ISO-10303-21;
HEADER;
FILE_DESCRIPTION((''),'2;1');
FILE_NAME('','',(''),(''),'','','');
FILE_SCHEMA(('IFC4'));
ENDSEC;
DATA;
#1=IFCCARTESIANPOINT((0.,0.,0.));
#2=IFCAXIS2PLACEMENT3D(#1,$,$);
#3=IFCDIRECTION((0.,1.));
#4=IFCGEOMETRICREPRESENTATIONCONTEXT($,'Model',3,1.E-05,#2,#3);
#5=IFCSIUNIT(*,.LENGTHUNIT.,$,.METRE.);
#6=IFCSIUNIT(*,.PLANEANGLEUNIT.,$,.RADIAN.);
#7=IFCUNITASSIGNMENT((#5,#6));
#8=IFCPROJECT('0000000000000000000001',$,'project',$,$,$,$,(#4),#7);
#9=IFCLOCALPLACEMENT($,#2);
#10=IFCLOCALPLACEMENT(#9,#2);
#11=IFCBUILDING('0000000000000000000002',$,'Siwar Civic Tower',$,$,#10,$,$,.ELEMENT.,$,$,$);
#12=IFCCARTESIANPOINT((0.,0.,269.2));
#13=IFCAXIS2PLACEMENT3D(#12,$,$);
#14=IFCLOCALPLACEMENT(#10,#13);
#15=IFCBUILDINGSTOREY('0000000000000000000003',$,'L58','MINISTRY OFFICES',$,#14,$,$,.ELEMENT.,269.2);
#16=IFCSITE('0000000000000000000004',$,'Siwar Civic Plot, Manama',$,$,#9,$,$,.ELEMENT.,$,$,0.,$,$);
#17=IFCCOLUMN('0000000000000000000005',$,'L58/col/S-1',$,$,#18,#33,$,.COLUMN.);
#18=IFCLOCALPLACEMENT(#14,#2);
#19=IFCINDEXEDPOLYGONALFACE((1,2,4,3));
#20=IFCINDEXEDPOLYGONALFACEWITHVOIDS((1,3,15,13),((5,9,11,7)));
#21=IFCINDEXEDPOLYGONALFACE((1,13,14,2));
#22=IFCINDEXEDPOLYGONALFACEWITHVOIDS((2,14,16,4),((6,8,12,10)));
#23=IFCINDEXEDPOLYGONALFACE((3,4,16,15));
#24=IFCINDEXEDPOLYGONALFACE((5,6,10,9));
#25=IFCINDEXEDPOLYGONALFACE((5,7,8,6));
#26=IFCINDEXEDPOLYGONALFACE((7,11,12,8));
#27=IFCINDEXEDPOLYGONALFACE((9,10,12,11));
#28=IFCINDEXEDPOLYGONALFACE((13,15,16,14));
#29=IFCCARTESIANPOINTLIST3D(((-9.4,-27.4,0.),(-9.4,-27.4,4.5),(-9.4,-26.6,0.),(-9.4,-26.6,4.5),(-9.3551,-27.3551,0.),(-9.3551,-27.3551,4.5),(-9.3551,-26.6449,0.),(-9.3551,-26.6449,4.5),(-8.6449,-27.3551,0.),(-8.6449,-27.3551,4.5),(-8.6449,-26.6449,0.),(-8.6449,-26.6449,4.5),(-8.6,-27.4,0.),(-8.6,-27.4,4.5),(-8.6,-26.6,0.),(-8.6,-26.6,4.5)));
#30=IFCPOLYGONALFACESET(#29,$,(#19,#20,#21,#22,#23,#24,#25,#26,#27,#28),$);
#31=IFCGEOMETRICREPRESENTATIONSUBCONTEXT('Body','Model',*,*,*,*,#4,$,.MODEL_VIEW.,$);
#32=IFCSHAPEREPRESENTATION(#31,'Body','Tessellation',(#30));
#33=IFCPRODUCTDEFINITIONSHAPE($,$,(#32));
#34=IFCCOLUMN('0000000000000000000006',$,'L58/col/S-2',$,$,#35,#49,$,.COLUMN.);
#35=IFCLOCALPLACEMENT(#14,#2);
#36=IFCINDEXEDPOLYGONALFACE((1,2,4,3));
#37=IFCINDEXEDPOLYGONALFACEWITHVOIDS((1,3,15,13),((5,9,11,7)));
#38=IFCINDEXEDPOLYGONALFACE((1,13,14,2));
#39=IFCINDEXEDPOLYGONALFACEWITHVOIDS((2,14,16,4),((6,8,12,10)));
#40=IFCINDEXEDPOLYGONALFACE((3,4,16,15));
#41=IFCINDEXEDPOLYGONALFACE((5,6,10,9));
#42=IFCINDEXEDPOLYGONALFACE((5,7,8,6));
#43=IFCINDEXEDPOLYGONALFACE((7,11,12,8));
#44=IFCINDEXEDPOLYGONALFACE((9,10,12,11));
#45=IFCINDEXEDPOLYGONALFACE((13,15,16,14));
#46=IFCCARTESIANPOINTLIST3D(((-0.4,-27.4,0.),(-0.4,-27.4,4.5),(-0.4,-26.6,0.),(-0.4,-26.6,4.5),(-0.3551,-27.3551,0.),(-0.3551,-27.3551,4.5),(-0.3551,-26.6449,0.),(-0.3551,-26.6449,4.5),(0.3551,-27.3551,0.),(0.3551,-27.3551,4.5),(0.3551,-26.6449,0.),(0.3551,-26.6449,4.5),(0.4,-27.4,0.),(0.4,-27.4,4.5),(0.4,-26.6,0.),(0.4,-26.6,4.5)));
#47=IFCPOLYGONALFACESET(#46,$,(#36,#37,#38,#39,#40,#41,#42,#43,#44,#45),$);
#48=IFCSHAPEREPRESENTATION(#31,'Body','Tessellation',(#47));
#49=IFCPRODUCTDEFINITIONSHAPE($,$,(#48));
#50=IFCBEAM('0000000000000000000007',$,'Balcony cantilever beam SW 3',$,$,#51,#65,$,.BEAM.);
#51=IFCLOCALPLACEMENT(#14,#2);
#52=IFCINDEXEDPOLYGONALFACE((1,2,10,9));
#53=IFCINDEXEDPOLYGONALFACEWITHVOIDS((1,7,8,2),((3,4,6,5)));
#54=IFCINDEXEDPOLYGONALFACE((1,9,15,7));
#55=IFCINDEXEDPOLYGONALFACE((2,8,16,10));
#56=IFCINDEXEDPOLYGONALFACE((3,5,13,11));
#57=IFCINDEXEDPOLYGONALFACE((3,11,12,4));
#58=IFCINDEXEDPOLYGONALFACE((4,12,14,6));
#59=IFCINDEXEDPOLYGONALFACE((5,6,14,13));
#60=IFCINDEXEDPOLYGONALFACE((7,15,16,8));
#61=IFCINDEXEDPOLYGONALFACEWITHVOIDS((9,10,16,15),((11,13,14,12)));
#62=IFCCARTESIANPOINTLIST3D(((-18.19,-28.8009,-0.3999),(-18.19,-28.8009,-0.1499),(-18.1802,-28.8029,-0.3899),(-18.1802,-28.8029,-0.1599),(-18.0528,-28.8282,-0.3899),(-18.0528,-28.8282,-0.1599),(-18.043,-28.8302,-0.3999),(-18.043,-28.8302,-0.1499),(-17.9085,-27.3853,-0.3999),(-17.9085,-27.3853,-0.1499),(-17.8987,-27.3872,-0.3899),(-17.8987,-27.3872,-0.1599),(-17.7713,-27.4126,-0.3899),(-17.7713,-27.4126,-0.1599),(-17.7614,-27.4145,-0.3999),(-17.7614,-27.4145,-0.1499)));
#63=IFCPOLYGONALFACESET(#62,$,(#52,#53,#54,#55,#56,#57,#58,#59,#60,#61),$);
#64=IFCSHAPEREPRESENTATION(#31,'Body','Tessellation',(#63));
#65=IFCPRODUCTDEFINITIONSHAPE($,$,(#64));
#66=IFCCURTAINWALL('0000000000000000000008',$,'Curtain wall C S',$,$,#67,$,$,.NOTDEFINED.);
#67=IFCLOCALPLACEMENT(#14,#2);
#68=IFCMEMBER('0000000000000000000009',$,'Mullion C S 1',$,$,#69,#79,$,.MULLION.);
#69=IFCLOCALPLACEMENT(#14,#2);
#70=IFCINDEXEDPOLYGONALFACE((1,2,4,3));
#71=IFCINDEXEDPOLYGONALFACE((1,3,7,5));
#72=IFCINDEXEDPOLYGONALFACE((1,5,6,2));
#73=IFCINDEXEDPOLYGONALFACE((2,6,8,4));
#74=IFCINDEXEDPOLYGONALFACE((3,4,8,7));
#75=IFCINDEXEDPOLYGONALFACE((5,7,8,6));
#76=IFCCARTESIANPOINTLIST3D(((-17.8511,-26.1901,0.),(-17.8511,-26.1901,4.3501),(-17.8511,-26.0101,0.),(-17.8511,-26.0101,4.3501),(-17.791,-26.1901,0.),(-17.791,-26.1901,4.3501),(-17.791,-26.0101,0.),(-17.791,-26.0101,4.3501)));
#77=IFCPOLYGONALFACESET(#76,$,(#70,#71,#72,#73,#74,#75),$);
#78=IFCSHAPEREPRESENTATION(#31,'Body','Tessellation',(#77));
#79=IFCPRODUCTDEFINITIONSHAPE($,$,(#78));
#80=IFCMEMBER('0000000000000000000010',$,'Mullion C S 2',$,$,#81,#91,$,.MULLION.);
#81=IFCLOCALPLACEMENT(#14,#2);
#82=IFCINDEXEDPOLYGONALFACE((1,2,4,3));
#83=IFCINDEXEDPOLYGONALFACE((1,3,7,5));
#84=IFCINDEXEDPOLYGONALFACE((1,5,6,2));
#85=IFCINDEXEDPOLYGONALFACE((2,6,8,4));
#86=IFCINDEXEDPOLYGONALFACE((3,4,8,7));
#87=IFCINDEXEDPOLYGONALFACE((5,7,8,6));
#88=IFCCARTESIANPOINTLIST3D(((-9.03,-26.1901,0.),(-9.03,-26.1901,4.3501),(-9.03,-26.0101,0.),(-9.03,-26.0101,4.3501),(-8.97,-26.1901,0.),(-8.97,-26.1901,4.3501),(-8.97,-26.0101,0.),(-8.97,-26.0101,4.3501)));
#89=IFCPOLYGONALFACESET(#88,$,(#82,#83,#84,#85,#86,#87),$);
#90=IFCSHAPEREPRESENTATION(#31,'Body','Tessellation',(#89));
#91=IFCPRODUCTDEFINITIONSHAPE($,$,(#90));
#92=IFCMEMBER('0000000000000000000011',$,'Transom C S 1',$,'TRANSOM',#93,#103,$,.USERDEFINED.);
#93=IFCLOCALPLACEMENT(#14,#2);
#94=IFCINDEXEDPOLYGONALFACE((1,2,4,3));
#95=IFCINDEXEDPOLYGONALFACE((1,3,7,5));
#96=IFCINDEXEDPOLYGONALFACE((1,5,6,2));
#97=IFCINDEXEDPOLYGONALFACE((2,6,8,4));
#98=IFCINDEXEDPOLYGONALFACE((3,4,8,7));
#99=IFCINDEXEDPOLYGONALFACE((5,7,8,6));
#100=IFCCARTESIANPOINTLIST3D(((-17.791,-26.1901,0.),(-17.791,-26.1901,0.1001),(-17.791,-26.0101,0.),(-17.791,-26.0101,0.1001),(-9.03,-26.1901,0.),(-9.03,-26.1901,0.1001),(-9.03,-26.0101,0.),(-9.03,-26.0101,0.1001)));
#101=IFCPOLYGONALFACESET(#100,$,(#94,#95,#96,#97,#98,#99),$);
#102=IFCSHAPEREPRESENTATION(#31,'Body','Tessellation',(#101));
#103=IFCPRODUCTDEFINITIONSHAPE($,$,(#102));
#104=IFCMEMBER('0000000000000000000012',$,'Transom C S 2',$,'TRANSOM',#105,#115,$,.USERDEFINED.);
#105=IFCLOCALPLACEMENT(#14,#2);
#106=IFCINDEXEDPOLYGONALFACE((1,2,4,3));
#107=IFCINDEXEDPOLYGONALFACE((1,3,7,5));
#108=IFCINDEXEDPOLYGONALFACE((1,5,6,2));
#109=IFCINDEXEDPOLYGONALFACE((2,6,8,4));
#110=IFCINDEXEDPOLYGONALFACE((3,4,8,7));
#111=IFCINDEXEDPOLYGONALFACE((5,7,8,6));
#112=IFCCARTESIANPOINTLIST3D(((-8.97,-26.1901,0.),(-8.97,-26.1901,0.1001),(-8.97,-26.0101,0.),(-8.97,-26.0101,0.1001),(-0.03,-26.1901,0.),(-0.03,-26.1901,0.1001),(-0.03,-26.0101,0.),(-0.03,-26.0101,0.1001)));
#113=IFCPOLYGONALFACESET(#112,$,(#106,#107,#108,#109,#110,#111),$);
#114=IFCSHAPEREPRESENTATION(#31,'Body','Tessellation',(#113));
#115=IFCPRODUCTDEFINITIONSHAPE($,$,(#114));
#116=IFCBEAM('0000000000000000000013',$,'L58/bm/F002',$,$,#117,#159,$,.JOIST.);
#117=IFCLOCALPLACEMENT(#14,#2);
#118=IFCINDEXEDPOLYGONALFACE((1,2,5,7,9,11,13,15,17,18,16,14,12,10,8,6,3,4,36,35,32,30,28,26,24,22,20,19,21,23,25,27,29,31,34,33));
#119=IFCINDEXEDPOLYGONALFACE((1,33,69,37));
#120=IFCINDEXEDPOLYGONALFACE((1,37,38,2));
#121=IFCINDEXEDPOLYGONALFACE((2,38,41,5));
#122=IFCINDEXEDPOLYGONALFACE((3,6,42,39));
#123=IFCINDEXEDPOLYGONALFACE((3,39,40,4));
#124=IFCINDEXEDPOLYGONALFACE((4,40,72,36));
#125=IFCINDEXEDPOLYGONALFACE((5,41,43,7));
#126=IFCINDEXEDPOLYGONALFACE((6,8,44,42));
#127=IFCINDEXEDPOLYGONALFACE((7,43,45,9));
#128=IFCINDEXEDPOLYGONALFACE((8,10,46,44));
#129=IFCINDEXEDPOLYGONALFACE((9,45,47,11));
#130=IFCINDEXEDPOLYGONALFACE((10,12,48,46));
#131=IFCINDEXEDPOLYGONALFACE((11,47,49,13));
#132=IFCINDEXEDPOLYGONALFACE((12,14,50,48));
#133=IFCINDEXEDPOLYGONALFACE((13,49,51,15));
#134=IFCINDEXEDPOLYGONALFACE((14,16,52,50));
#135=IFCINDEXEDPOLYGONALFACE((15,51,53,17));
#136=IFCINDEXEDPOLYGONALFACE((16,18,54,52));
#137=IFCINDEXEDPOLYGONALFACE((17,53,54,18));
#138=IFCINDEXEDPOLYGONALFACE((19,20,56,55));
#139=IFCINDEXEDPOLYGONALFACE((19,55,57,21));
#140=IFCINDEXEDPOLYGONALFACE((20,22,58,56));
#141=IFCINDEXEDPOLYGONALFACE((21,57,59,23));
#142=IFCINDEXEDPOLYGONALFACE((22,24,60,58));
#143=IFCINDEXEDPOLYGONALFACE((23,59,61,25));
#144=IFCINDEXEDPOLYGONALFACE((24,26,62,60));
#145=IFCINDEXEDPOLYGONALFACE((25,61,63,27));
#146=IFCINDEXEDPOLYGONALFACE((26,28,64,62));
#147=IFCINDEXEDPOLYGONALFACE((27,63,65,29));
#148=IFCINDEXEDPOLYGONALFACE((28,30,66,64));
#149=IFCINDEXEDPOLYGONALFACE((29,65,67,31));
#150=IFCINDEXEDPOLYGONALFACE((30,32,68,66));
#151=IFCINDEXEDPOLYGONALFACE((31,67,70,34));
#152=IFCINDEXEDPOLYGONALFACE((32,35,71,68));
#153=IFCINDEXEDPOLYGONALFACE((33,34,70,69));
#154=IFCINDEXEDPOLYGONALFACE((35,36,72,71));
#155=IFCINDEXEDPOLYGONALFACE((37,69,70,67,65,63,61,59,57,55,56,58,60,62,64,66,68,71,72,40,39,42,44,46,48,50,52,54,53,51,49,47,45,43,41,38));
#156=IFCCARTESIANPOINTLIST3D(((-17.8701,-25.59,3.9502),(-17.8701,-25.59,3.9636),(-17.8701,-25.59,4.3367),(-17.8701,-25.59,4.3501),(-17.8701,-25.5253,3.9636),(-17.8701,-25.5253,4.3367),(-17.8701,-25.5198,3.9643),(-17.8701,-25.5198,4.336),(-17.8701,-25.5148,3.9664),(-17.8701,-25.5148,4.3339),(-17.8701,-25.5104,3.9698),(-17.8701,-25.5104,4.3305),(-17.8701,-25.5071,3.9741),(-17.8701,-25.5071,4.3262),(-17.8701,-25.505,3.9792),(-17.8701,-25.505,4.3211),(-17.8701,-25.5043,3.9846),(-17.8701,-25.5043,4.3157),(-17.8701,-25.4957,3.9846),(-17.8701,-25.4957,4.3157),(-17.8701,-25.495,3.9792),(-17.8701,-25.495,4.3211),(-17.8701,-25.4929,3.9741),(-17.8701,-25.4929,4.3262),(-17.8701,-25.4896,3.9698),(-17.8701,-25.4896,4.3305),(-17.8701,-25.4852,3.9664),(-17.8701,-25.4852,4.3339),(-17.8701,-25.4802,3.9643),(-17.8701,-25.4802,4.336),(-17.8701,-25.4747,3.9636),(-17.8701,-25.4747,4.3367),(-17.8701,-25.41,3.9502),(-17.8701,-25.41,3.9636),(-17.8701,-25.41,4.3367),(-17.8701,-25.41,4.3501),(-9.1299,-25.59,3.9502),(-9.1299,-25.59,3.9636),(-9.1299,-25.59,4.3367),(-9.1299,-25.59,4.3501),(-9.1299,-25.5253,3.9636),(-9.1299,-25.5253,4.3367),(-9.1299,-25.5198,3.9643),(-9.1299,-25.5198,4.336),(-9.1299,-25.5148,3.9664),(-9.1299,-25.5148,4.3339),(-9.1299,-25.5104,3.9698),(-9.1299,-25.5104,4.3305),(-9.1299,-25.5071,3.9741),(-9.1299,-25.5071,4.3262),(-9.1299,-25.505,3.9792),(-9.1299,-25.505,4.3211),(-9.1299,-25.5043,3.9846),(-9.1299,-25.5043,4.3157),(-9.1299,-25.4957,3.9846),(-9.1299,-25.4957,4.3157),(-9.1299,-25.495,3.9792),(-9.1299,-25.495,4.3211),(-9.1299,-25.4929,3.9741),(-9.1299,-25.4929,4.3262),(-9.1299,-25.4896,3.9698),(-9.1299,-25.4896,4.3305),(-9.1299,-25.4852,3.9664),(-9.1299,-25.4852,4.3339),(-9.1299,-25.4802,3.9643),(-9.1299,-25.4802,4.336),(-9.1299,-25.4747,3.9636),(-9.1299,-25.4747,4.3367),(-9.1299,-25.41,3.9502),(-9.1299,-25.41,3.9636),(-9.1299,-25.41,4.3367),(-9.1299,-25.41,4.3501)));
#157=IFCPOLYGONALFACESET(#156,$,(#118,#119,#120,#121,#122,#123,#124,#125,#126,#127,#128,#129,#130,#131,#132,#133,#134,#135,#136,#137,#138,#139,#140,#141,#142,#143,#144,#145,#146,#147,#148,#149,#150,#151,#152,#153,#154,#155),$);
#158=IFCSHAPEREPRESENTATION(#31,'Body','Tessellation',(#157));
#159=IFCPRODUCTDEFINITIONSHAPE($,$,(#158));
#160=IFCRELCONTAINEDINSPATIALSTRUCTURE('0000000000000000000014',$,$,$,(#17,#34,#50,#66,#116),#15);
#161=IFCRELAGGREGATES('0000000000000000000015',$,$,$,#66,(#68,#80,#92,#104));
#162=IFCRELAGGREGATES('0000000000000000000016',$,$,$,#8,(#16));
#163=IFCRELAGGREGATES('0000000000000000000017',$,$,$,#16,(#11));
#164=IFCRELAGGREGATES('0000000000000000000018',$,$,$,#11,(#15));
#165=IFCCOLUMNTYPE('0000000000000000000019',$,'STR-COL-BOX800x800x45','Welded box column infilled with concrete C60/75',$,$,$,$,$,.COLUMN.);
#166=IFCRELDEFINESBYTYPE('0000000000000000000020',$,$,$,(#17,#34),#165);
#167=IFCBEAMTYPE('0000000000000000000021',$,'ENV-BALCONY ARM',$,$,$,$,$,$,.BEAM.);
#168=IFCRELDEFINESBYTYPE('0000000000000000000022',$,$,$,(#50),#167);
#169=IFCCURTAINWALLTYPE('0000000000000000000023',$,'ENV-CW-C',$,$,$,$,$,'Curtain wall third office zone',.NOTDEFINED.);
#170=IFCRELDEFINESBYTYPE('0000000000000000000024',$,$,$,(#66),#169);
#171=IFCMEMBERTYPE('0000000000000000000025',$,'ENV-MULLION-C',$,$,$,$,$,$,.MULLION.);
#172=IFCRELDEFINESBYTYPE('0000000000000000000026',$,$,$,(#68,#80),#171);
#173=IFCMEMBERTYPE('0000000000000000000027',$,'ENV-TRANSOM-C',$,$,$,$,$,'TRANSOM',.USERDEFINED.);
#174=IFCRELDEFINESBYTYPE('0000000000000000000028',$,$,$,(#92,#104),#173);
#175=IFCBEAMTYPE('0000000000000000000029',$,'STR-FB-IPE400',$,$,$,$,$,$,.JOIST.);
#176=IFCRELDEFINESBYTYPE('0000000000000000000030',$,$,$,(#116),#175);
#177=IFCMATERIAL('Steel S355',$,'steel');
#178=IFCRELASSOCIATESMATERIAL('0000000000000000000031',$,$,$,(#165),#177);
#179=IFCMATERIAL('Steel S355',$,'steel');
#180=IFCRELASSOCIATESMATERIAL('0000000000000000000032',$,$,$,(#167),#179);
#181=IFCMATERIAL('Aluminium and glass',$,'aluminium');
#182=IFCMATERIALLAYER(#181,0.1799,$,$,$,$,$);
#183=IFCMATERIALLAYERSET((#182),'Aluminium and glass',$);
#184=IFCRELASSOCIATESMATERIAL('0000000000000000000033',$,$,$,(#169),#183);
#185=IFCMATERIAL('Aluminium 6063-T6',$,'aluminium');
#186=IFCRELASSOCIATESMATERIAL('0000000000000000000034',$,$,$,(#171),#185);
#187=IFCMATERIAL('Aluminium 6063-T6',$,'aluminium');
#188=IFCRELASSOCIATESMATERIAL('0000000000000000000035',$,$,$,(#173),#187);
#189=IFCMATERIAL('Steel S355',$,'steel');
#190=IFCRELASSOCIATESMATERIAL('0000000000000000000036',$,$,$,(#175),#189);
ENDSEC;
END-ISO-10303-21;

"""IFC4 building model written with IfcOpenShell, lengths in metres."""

from ifc_helpers import new_model, si_unit, direction, frame, origin, origin_2d, place, context, subcontext, project, spatial, rectangle, hollow_rectangle, i_section, extrude, material, layer, layer_set, material_profile, profile_set, type_object, element, aggregate, save


model = new_model("IFC4")

# Units and contexts
model_context = context("Model", 3, precision=1e-05, world=origin(), true_north=direction((0.0, 1.0)))
body_context = subcontext(model_context, "Body", "Model", "MODEL_VIEW")
ifc_project = project(units=[si_unit("LENGTHUNIT", "METRE"), si_unit("PLANEANGLEUNIT", "RADIAN")], contexts=[model_context])

# Site, building, storey
site_placement = place(None, origin())
site = spatial("IfcSite", under=ifc_project, at=site_placement, Name="Siwar Civic Plot, Manama", CompositionType="ELEMENT", RefElevation=0.0)
building_placement = place(site_placement, origin())
building = spatial("IfcBuilding", under=site, at=building_placement, Name="Siwar Civic Tower", CompositionType="ELEMENT")
storey_placement = place(building_placement, frame((0.0, 0.0, 269.2)))
storey = spatial("IfcBuildingStorey", under=building, at=storey_placement, Name="L58", Description="MINISTRY OFFICES", CompositionType="ELEMENT", Elevation=269.2)

# Columns
ifc_material_1 = material(Name="Steel S355", Category="steel")
ifc_material_profile_1 = material_profile(ifc_material_1, hollow_rectangle(XDim=0.8, YDim=0.8, WallThickness=0.0449, at=origin_2d()), Name="BOX800x800x45")
ifc_profile_set_1 = profile_set([ifc_material_profile_1], Name="Steel S355")
column_type = type_object("IfcColumnType", Name="STR-COL-BOX800x800x45", Description="Welded box column infilled with concrete C60/75", PredefinedType="COLUMN", material=ifc_profile_set_1)
for number, where, z_axis, x_axis, name in (
    (1, (-9.0, -27.0, 0.0), (0.0, 0.0, 1.0), (1.0, 0.0, 0.0), "L58/col/S-1"),
    (2, (0.0, -27.0, 0.0), (0.0, 0.0, 1.0), (1.0, 0.0, 0.0), "L58/col/S-2"),
):
    element("IfcColumn", number, at=place(storey_placement, frame(where, z_axis=z_axis, x_axis=x_axis)), inside=storey, type_object=column_type, Name=name, PredefinedType="COLUMN", context=body_context, shape_type="SweptSolid", body=[
        extrude(hollow_rectangle(XDim=0.8, YDim=0.8, WallThickness=0.0449, at=origin_2d()), origin(), (0.0, 0.0, 1.0), 4.5),
    ])

# Beam
ifc_material_2 = material(Name="Steel S355", Category="steel")
ifc_material_profile_2 = material_profile(ifc_material_2, hollow_rectangle(XDim=0.1499, YDim=0.25, WallThickness=0.01, at=origin_2d()), Name="RHS250x150x10")
ifc_profile_set_2 = profile_set([ifc_material_profile_2], Name="Steel S355")
beam_type_1 = type_object("IfcBeamType", Name="ENV-BALCONY ARM", PredefinedType="BEAM", material=ifc_profile_set_2)
beam_1_placement = place(storey_placement, frame((-17.835, -27.3999, -0.2749), z_axis=(-0.195042, -0.980795, 0.0), x_axis=(0.980795, -0.195042, 0.0)))
element("IfcBeam", 3, at=beam_1_placement, inside=storey, type_object=beam_type_1, Name="Balcony cantilever beam SW 3", PredefinedType="BEAM", context=body_context, shape_type="SweptSolid", body=[
    extrude(hollow_rectangle(XDim=0.1499, YDim=0.25, WallThickness=0.01, at=origin_2d()), origin(), (0.0, 0.0, 1.0), 1.4434),
])

# Curtain wall, members
ifc_material_3 = material(Name="Aluminium and glass", Category="aluminium")
ifc_layer_1 = layer(ifc_material_3, 0.1799)
ifc_layer_set_1 = layer_set([ifc_layer_1], Name="Aluminium and glass")
curtain_wall_type = type_object("IfcCurtainWallType", Name="ENV-CW-C", ElementType="Curtain wall third office zone", PredefinedType="NOTDEFINED", material=ifc_layer_set_1)
curtain_wall_placement = place(storey_placement, origin())
curtain_wall = element("IfcCurtainWall", 4, at=curtain_wall_placement, inside=storey, type_object=curtain_wall_type, Name="Curtain wall C S", PredefinedType="NOTDEFINED")
ifc_material_4 = material(Name="Aluminium 6063-T6", Category="aluminium")
ifc_material_profile_3 = material_profile(ifc_material_4, rectangle(XDim=0.1799, YDim=0.0601, at=origin_2d()), Name="AL 180x60")
ifc_profile_set_3 = profile_set([ifc_material_profile_3], Name="Aluminium 6063-T6")
member_type_1 = type_object("IfcMemberType", Name="ENV-MULLION-C", PredefinedType="MULLION", material=ifc_profile_set_3)
member_1_placement = place(storey_placement, frame((-17.821, -26.1001, 0.0), z_axis=(0.0, 0.0, 1.0), x_axis=(0.0, 1.0, 0.0)))
member_1 = element("IfcMember", 5, at=member_1_placement, type_object=member_type_1, Name="Mullion C S 1", PredefinedType="MULLION", context=body_context, shape_type="SweptSolid", body=[
    extrude(rectangle(XDim=0.1799, YDim=0.0601, at=origin_2d()), origin(), (0.0, 0.0, 1.0), 4.3501),
])
member_2_placement = place(storey_placement, frame((-9.0, -26.1001, 0.0), z_axis=(0.0, 0.0, 1.0), x_axis=(0.0, 1.0, 0.0)))
member_2 = element("IfcMember", 6, at=member_2_placement, type_object=member_type_1, Name="Mullion C S 2", PredefinedType="MULLION", context=body_context, shape_type="SweptSolid", body=[
    extrude(rectangle(XDim=0.1799, YDim=0.0601, at=origin_2d()), origin(), (0.0, 0.0, 1.0), 4.3501),
])
ifc_material_5 = material(Name="Aluminium 6063-T6", Category="aluminium")
ifc_material_profile_4 = material_profile(ifc_material_5, rectangle(XDim=0.1799, YDim=0.1001, at=origin_2d()), Name="AL 180x100")
ifc_profile_set_4 = profile_set([ifc_material_profile_4], Name="Aluminium 6063-T6")
member_type_2 = type_object("IfcMemberType", Name="ENV-TRANSOM-C", ElementType="TRANSOM", PredefinedType="USERDEFINED", material=ifc_profile_set_4)
member_3_placement = place(storey_placement, frame((-17.791, -26.1001, 0.05), z_axis=(1.0, 0.0, 0.0), x_axis=(0.0, 1.0, 0.0)))
member_3 = element("IfcMember", 7, at=member_3_placement, type_object=member_type_2, Name="Transom C S 1", ObjectType="TRANSOM", PredefinedType="USERDEFINED", context=body_context, shape_type="SweptSolid", body=[
    extrude(rectangle(XDim=0.1799, YDim=0.1001, at=origin_2d()), origin(), (0.0, 0.0, 1.0), 8.761),
])
member_4_placement = place(storey_placement, frame((-8.97, -26.1001, 0.05), z_axis=(1.0, 0.0, 0.0), x_axis=(0.0, 1.0, 0.0)))
member_4 = element("IfcMember", 8, at=member_4_placement, type_object=member_type_2, Name="Transom C S 2", ObjectType="TRANSOM", PredefinedType="USERDEFINED", context=body_context, shape_type="SweptSolid", body=[
    extrude(rectangle(XDim=0.1799, YDim=0.1001, at=origin_2d()), origin(), (0.0, 0.0, 1.0), 8.9399),
])

# Beam
ifc_material_6 = material(Name="Steel S355", Category="steel")
ifc_material_profile_5 = material_profile(ifc_material_6, i_section(OverallWidth=0.1799, OverallDepth=0.3999, WebThickness=0.0085, FlangeThickness=0.0134, FilletRadius=0.021, at=origin_2d()), Name="IPE400")
ifc_profile_set_5 = profile_set([ifc_material_profile_5], Name="Steel S355")
beam_type_2 = type_object("IfcBeamType", Name="STR-FB-IPE400", PredefinedType="JOIST", material=ifc_profile_set_5)
for number, where, z_axis, x_axis, name in (
    (9, (-17.8701, -25.5, 4.1501), (1.0, 0.0, 0.0), (0.0, 1.0, 0.0), "L58/bm/F002"),
):
    element("IfcBeam", number, at=place(storey_placement, frame(where, z_axis=z_axis, x_axis=x_axis)), inside=storey, type_object=beam_type_2, Name=name, PredefinedType="JOIST", context=body_context, shape_type="SweptSolid", body=[
        extrude(i_section(OverallWidth=0.1799, OverallDepth=0.3999, WebThickness=0.0085, FlangeThickness=0.0134, FilletRadius=0.021, at=origin_2d()), origin(), (0.0, 0.0, 1.0), 8.7402),
    ])

aggregate(curtain_wall, [member_1, member_2, member_3, member_4])

save(model, "model.ifc")
